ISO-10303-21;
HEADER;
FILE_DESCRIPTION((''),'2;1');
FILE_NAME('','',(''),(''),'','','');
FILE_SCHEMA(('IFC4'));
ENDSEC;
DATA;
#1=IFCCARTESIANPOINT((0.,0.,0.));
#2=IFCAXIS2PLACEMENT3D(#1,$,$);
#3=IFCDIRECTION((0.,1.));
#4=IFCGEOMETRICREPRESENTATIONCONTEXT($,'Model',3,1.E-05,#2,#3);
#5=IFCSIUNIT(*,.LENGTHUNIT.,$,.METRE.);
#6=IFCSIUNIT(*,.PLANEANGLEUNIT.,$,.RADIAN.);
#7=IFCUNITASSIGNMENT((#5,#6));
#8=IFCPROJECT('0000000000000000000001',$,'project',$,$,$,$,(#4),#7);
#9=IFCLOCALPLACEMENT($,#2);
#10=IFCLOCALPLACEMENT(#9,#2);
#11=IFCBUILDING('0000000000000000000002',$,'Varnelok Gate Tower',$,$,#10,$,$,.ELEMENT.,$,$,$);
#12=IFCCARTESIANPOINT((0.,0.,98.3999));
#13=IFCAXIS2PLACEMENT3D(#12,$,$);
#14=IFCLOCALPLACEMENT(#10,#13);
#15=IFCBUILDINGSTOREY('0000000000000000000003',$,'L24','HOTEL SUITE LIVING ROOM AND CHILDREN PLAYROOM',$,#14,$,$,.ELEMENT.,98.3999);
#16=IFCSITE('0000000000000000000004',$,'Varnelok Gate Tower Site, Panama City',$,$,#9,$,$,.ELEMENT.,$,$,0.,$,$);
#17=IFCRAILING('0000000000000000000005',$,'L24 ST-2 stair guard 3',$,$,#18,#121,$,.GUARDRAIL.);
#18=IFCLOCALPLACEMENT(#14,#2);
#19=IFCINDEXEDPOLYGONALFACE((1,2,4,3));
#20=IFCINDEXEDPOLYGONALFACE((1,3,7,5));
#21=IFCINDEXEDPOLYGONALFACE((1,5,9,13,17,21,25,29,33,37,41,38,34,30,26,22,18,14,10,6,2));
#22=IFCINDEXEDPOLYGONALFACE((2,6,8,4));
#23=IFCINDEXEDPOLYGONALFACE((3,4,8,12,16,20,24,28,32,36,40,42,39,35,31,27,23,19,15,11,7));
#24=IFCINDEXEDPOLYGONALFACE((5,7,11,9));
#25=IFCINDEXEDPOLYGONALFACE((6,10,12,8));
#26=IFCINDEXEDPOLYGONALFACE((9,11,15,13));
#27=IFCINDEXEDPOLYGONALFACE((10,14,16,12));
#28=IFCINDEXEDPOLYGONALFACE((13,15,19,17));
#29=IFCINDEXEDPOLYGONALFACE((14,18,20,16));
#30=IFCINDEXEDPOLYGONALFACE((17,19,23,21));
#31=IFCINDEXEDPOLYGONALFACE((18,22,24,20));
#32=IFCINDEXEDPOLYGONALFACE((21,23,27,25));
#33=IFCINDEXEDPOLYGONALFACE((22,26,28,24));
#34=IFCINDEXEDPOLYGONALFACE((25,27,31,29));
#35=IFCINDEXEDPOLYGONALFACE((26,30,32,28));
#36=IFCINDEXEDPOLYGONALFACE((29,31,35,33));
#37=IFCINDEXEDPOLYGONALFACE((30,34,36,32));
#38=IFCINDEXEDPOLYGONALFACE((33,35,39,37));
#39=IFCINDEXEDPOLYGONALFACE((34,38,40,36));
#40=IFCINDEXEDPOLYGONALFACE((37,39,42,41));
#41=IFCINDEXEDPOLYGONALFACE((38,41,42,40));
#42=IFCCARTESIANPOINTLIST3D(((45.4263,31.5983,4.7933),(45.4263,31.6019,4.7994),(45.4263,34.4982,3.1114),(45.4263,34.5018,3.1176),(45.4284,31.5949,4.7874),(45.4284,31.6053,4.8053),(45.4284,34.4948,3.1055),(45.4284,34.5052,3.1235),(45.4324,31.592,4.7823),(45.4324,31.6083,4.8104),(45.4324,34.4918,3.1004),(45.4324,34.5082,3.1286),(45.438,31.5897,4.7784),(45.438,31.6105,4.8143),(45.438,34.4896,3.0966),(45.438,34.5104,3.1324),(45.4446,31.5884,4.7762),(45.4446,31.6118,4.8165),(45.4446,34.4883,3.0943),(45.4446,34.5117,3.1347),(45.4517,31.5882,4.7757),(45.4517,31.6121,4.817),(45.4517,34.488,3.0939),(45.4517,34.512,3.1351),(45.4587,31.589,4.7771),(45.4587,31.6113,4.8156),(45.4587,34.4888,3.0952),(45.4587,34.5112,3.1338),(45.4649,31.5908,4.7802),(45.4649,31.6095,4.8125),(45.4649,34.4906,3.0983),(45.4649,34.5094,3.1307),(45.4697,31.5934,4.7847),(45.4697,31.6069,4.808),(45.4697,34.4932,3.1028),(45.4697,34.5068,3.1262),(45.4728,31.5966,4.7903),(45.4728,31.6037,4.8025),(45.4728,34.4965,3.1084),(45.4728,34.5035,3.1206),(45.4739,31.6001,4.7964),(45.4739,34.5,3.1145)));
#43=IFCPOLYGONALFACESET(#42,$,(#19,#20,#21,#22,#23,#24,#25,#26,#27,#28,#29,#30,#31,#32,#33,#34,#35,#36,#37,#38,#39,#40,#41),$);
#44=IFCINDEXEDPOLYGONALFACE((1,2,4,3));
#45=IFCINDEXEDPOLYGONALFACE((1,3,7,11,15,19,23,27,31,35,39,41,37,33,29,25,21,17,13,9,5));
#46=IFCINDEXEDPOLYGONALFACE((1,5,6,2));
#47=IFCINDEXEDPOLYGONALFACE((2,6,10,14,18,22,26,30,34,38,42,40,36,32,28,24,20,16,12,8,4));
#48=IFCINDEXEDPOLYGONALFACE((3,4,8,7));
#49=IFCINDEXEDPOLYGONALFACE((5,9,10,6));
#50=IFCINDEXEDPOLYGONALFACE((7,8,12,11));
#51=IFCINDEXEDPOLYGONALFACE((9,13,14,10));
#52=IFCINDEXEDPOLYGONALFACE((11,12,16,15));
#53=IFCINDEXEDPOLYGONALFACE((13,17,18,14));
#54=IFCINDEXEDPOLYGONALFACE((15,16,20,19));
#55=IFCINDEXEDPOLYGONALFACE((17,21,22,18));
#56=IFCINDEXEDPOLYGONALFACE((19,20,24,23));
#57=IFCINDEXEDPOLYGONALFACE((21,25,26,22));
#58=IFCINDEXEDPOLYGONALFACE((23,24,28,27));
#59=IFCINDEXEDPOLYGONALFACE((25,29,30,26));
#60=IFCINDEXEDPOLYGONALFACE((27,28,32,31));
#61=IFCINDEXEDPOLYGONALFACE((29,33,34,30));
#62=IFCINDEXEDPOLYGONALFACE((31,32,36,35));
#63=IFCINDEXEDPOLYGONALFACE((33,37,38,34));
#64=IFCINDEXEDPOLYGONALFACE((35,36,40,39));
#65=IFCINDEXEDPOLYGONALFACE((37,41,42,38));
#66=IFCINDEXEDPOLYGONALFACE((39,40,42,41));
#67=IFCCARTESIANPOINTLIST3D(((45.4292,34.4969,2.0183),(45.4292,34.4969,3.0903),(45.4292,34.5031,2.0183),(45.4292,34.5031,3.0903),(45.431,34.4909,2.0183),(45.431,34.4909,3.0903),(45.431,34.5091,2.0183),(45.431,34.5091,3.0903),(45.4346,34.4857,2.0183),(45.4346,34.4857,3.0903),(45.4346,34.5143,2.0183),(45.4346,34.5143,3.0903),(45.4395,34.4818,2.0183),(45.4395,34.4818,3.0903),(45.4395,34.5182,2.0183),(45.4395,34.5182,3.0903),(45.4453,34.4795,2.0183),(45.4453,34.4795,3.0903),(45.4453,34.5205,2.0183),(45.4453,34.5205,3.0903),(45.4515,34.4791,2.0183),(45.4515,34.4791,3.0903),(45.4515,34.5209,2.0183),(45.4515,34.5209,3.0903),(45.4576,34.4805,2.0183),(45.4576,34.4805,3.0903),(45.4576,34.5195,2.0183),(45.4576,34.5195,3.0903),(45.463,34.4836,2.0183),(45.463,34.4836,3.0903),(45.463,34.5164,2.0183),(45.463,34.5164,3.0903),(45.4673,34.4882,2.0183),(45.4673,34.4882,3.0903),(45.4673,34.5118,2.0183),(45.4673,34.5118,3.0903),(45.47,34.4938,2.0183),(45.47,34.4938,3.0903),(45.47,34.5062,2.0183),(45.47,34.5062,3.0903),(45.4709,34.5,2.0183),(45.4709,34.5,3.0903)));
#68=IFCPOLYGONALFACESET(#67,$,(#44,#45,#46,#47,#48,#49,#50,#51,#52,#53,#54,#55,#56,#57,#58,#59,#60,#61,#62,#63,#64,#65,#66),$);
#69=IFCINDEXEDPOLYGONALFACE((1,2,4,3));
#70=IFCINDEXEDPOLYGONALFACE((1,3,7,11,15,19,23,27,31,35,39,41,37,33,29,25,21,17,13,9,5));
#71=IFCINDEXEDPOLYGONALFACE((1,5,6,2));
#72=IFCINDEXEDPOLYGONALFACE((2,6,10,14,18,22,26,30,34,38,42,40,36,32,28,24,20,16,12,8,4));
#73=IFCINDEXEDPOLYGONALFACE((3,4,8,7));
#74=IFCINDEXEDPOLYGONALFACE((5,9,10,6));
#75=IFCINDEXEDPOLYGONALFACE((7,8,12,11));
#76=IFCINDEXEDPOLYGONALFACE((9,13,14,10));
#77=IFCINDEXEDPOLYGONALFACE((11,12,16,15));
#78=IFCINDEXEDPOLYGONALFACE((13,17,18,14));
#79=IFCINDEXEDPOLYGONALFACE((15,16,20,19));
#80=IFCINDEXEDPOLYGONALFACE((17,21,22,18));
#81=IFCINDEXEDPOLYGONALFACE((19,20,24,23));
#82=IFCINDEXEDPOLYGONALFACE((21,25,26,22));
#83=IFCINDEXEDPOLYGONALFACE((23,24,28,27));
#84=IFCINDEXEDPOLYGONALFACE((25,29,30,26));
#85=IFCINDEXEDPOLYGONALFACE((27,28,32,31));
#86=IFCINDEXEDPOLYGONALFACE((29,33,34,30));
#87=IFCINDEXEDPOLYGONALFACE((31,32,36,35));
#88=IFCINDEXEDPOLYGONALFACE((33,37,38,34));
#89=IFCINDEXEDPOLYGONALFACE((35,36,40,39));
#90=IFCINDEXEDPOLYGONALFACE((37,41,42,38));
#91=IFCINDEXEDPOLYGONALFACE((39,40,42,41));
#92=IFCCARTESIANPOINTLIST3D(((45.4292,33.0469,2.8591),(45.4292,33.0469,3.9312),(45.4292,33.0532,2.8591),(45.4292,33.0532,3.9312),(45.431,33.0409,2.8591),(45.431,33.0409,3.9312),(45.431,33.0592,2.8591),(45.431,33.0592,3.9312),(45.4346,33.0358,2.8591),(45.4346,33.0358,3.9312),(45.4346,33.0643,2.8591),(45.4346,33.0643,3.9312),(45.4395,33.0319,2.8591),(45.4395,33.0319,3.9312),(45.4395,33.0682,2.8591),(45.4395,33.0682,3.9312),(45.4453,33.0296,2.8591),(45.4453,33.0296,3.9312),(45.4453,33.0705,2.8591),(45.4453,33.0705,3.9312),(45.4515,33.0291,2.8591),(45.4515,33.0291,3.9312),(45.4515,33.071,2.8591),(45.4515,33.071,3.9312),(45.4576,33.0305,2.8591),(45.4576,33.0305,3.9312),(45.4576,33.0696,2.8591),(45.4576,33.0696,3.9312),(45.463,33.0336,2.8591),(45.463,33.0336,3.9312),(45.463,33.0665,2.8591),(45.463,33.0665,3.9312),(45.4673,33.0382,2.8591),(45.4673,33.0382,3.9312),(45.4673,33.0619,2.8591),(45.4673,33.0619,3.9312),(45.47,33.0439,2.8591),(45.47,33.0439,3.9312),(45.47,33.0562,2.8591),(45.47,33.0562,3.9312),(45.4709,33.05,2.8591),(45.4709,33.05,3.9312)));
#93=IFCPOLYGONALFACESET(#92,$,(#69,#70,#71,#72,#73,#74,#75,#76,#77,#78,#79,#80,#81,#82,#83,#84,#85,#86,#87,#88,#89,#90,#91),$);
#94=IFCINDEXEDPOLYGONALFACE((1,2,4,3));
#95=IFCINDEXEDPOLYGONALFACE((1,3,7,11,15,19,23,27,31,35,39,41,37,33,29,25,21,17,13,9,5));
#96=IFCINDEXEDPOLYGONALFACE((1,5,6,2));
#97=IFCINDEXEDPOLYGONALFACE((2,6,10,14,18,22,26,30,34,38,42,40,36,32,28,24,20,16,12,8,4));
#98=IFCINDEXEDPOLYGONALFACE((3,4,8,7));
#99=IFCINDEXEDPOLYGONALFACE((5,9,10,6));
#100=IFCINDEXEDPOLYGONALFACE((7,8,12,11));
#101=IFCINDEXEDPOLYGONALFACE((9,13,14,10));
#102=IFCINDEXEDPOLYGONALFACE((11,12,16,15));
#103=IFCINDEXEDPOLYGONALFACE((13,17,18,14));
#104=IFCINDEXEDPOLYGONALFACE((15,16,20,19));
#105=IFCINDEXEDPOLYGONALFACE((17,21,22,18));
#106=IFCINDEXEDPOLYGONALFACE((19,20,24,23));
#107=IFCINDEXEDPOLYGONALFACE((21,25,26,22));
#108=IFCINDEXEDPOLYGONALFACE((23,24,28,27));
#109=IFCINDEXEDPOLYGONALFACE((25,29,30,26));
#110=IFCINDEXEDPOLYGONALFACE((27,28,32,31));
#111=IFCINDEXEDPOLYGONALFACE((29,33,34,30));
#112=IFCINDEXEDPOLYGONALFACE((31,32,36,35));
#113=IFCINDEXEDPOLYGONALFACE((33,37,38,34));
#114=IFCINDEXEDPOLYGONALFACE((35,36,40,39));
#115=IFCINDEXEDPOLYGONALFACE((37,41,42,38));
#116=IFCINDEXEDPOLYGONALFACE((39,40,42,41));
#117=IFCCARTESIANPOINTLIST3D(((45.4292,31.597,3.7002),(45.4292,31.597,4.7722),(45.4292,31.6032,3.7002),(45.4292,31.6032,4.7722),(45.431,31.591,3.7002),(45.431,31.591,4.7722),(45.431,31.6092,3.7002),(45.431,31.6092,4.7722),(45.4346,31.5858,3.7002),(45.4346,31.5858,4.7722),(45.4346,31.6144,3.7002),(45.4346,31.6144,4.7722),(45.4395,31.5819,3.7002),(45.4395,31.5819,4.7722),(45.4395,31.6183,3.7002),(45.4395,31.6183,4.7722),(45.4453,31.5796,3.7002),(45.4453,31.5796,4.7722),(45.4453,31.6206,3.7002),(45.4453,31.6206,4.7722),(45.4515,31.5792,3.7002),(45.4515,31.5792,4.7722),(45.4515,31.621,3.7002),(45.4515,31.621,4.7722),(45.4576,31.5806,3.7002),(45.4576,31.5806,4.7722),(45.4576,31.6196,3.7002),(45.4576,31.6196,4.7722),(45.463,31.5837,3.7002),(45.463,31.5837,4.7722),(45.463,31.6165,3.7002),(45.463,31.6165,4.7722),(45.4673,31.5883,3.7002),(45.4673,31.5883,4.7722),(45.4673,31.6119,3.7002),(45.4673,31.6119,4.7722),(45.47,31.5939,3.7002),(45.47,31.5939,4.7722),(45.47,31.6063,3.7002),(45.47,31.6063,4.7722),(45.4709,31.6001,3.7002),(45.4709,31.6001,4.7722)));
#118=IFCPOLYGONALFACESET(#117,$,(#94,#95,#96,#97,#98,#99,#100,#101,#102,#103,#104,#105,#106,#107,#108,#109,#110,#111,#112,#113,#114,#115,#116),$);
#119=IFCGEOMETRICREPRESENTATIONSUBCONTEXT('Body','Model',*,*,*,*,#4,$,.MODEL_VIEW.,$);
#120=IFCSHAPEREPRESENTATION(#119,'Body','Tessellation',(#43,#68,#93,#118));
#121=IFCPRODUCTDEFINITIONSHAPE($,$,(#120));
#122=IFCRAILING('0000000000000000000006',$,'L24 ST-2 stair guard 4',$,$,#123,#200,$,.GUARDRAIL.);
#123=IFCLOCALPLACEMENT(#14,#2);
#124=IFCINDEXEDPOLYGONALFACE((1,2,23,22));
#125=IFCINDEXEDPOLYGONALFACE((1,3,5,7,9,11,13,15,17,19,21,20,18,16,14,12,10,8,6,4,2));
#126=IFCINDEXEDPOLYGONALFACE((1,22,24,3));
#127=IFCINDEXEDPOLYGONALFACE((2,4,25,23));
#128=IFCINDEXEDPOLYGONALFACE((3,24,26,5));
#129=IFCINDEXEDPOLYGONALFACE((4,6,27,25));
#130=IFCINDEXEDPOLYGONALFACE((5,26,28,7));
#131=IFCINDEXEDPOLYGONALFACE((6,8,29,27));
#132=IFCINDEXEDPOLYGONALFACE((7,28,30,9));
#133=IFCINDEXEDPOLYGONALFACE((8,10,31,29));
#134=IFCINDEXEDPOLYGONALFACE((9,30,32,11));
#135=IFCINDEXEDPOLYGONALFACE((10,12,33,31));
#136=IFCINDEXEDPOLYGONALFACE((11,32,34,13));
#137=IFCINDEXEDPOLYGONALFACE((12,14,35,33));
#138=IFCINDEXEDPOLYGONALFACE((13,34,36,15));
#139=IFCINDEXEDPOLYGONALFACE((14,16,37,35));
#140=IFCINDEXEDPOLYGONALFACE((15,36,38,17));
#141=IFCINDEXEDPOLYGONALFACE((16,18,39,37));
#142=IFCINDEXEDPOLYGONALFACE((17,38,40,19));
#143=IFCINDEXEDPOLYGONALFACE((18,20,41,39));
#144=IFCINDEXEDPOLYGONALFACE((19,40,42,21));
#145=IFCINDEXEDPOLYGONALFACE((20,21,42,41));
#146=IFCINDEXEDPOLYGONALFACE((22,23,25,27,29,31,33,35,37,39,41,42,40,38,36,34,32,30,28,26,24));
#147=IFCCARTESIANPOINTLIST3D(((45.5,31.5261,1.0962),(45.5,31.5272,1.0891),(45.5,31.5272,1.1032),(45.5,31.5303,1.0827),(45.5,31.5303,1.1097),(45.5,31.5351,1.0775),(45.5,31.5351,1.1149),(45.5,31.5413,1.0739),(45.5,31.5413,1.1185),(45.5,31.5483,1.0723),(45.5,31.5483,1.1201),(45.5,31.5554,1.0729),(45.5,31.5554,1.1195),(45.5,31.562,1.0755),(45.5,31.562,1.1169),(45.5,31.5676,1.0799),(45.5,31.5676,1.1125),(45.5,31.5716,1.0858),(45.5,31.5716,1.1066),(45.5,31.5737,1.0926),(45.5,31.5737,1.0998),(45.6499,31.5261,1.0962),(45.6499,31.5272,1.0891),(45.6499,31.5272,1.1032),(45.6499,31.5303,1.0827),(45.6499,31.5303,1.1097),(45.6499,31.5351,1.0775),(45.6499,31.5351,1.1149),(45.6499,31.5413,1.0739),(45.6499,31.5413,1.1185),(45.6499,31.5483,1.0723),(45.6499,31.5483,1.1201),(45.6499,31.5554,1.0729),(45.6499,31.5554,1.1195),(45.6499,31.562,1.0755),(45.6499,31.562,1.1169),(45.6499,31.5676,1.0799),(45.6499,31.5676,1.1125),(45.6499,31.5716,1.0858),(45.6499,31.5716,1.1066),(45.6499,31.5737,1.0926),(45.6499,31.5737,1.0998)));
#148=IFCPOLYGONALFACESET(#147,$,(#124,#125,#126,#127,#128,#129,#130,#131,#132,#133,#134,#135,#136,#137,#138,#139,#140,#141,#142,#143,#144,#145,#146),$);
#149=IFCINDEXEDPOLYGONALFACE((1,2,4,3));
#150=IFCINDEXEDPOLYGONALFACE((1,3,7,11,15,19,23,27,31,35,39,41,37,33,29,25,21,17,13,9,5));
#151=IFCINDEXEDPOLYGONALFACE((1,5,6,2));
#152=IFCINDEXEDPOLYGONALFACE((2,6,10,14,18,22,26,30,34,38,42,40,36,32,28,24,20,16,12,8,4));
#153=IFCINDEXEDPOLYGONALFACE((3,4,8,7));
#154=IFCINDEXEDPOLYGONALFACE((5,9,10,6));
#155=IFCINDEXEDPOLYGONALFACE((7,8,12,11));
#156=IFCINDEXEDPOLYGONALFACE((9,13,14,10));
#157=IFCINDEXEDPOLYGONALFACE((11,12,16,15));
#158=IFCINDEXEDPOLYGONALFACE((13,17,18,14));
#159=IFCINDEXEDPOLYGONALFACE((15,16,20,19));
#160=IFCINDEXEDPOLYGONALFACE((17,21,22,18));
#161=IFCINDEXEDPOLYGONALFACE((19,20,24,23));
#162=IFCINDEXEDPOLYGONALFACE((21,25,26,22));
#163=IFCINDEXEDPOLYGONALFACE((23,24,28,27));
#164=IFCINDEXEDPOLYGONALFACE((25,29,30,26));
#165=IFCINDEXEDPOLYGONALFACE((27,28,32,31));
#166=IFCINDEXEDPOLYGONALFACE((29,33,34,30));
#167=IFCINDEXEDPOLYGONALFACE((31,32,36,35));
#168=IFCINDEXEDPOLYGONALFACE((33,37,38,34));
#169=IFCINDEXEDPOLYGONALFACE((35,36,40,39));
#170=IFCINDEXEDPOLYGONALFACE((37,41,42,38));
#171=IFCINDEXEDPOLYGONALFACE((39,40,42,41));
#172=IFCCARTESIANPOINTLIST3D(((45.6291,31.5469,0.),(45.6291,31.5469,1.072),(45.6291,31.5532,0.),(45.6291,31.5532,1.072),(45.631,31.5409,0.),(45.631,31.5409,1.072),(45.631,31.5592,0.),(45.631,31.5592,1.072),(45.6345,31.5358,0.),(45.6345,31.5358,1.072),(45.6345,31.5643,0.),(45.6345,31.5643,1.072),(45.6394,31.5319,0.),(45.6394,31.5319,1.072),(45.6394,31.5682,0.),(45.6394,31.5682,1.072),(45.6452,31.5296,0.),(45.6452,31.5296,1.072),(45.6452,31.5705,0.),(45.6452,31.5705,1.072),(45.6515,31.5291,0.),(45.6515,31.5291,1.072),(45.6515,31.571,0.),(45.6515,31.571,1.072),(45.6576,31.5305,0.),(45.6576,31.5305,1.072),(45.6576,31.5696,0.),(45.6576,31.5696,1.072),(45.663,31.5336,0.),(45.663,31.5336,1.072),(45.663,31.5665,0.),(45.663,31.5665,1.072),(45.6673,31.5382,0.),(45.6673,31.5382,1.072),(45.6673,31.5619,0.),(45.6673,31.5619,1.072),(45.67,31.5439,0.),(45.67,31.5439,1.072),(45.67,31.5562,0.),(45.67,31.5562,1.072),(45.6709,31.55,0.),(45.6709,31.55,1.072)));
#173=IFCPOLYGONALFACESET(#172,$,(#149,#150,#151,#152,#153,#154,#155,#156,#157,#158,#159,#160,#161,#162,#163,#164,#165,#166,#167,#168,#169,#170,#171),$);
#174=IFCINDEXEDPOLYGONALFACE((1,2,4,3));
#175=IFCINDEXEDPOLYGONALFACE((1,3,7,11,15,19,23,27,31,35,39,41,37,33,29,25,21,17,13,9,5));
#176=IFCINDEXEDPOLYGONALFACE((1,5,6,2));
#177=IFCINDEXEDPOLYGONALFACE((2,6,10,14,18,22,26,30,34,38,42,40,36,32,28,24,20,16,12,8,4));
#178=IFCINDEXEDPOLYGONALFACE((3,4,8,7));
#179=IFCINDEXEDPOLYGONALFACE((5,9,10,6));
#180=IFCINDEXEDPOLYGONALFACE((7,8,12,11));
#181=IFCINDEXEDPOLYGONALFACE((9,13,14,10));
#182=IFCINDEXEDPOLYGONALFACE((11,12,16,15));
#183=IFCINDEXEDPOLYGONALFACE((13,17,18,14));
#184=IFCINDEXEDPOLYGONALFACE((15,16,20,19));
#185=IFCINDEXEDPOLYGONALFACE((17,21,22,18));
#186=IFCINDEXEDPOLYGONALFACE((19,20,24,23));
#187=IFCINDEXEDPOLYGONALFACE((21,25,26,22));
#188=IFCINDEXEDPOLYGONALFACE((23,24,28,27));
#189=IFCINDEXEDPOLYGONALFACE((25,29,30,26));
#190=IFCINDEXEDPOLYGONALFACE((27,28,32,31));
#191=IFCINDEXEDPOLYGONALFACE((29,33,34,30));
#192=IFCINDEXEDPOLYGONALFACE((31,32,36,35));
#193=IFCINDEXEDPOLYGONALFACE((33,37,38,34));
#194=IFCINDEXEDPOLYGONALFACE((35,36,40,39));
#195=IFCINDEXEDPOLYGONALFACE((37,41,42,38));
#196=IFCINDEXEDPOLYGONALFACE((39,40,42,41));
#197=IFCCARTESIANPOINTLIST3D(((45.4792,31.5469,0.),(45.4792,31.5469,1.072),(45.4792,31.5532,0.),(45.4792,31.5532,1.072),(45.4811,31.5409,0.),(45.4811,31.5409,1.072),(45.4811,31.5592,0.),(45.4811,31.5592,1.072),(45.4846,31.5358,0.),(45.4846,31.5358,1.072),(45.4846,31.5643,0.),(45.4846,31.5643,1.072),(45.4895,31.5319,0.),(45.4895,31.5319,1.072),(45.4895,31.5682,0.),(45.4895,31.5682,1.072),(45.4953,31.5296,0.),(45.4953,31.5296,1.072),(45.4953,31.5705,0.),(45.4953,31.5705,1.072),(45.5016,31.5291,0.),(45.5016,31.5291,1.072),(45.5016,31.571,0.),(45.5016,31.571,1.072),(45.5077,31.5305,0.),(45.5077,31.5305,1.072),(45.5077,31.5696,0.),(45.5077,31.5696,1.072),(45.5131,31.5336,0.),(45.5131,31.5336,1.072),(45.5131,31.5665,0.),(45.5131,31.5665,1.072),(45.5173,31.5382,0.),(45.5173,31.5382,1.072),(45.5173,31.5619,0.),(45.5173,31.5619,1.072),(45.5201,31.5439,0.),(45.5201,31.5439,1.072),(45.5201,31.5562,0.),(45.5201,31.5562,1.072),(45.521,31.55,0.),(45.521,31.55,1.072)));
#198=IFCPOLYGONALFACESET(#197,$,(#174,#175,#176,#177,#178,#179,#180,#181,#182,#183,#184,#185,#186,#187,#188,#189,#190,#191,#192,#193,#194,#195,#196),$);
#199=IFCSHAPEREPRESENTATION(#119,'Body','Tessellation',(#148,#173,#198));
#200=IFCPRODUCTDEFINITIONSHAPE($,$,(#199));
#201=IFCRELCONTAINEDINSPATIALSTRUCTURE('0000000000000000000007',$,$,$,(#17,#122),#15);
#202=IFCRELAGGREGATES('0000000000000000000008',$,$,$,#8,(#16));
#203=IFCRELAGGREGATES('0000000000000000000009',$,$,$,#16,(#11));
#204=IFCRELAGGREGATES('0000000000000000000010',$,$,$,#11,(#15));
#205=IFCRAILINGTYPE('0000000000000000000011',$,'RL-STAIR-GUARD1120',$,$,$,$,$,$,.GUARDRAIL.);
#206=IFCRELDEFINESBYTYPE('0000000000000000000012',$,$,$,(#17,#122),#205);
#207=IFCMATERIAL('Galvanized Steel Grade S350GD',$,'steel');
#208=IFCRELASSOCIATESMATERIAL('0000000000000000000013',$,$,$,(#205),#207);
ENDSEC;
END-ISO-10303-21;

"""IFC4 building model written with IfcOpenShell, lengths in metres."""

from ifc_helpers import new_model, si_unit, direction, frame, origin, origin_2d, place, context, subcontext, project, spatial, circle, extrude, material, type_object, element, save


model = new_model("IFC4")

# Units and contexts
model_context = context("Model", 3, precision=1e-05, world=origin(), true_north=direction((0.0, 1.0)))
body_context = subcontext(model_context, "Body", "Model", "MODEL_VIEW")
ifc_project = project(units=[si_unit("LENGTHUNIT", "METRE"), si_unit("PLANEANGLEUNIT", "RADIAN")], contexts=[model_context])

# Site, building, storey
site_placement = place(None, origin())
site = spatial("IfcSite", under=ifc_project, at=site_placement, Name="Varnelok Gate Tower Site, Panama City", CompositionType="ELEMENT", RefElevation=0.0)
building_placement = place(site_placement, origin())
building = spatial("IfcBuilding", under=site, at=building_placement, Name="Varnelok Gate Tower", CompositionType="ELEMENT")
storey_placement = place(building_placement, frame((0.0, 0.0, 98.3999)))
storey = spatial("IfcBuildingStorey", under=building, at=storey_placement, Name="L24", Description="HOTEL SUITE LIVING ROOM AND CHILDREN PLAYROOM", CompositionType="ELEMENT", Elevation=98.3999)

# Shared definitions
ifc_material_1 = material(Name="Galvanized Steel Grade S350GD", Category="steel")

# Railings
railing_type_1 = type_object("IfcRailingType", Name="RL-STAIR-GUARD1120", PredefinedType="GUARDRAIL", material=ifc_material_1)
railing_1_placement = place(storey_placement, frame((45.45, 34.5, 2.0183)))
element("IfcRailing", 1, at=railing_1_placement, inside=storey, type_object=railing_type_1, Name="L24 ST-2 stair guard 3", PredefinedType="GUARDRAIL", context=body_context, shape_type="SweptSolid", body=[
    extrude(circle(Radius=0.0239, at=origin_2d()), frame((0.0, 0.0, 1.0962), z_axis=(0.0, -0.865039, 0.501705), x_axis=(1.0, 0.0, 0.0)), (0.0, 0.0, 1.0), 3.3523),
    extrude(circle(Radius=0.021, at=origin_2d()), origin(), (0.0, 0.0, 1.0), 1.072),
    extrude(circle(Radius=0.021, at=origin_2d()), frame((0.0, -1.45, 0.8408)), (0.0, 0.0, 1.0), 1.072),
    extrude(circle(Radius=0.021, at=origin_2d()), frame((0.0, -2.8999, 1.6819)), (0.0, 0.0, 1.0), 1.072),
])
railing_2_placement = place(storey_placement, frame((45.6499, 31.55, 0.0)))
element("IfcRailing", 2, at=railing_2_placement, inside=storey, type_object=railing_type_1, Name="L24 ST-2 stair guard 4", PredefinedType="GUARDRAIL", context=body_context, shape_type="SweptSolid", body=[
    extrude(circle(Radius=0.0239, at=origin_2d()), frame((0.0, 0.0, 1.0962), z_axis=(-1.0, 0.0, 0.0), x_axis=(0.0, -1.0, 0.0)), (0.0, 0.0, 1.0), 0.1499),
    extrude(circle(Radius=0.021, at=origin_2d()), origin(), (0.0, 0.0, 1.0), 1.072),
    extrude(circle(Radius=0.021, at=origin_2d()), frame((-0.1499, 0.0, 0.0)), (0.0, 0.0, 1.0), 1.072),
])

save(model, "model.ifc")
